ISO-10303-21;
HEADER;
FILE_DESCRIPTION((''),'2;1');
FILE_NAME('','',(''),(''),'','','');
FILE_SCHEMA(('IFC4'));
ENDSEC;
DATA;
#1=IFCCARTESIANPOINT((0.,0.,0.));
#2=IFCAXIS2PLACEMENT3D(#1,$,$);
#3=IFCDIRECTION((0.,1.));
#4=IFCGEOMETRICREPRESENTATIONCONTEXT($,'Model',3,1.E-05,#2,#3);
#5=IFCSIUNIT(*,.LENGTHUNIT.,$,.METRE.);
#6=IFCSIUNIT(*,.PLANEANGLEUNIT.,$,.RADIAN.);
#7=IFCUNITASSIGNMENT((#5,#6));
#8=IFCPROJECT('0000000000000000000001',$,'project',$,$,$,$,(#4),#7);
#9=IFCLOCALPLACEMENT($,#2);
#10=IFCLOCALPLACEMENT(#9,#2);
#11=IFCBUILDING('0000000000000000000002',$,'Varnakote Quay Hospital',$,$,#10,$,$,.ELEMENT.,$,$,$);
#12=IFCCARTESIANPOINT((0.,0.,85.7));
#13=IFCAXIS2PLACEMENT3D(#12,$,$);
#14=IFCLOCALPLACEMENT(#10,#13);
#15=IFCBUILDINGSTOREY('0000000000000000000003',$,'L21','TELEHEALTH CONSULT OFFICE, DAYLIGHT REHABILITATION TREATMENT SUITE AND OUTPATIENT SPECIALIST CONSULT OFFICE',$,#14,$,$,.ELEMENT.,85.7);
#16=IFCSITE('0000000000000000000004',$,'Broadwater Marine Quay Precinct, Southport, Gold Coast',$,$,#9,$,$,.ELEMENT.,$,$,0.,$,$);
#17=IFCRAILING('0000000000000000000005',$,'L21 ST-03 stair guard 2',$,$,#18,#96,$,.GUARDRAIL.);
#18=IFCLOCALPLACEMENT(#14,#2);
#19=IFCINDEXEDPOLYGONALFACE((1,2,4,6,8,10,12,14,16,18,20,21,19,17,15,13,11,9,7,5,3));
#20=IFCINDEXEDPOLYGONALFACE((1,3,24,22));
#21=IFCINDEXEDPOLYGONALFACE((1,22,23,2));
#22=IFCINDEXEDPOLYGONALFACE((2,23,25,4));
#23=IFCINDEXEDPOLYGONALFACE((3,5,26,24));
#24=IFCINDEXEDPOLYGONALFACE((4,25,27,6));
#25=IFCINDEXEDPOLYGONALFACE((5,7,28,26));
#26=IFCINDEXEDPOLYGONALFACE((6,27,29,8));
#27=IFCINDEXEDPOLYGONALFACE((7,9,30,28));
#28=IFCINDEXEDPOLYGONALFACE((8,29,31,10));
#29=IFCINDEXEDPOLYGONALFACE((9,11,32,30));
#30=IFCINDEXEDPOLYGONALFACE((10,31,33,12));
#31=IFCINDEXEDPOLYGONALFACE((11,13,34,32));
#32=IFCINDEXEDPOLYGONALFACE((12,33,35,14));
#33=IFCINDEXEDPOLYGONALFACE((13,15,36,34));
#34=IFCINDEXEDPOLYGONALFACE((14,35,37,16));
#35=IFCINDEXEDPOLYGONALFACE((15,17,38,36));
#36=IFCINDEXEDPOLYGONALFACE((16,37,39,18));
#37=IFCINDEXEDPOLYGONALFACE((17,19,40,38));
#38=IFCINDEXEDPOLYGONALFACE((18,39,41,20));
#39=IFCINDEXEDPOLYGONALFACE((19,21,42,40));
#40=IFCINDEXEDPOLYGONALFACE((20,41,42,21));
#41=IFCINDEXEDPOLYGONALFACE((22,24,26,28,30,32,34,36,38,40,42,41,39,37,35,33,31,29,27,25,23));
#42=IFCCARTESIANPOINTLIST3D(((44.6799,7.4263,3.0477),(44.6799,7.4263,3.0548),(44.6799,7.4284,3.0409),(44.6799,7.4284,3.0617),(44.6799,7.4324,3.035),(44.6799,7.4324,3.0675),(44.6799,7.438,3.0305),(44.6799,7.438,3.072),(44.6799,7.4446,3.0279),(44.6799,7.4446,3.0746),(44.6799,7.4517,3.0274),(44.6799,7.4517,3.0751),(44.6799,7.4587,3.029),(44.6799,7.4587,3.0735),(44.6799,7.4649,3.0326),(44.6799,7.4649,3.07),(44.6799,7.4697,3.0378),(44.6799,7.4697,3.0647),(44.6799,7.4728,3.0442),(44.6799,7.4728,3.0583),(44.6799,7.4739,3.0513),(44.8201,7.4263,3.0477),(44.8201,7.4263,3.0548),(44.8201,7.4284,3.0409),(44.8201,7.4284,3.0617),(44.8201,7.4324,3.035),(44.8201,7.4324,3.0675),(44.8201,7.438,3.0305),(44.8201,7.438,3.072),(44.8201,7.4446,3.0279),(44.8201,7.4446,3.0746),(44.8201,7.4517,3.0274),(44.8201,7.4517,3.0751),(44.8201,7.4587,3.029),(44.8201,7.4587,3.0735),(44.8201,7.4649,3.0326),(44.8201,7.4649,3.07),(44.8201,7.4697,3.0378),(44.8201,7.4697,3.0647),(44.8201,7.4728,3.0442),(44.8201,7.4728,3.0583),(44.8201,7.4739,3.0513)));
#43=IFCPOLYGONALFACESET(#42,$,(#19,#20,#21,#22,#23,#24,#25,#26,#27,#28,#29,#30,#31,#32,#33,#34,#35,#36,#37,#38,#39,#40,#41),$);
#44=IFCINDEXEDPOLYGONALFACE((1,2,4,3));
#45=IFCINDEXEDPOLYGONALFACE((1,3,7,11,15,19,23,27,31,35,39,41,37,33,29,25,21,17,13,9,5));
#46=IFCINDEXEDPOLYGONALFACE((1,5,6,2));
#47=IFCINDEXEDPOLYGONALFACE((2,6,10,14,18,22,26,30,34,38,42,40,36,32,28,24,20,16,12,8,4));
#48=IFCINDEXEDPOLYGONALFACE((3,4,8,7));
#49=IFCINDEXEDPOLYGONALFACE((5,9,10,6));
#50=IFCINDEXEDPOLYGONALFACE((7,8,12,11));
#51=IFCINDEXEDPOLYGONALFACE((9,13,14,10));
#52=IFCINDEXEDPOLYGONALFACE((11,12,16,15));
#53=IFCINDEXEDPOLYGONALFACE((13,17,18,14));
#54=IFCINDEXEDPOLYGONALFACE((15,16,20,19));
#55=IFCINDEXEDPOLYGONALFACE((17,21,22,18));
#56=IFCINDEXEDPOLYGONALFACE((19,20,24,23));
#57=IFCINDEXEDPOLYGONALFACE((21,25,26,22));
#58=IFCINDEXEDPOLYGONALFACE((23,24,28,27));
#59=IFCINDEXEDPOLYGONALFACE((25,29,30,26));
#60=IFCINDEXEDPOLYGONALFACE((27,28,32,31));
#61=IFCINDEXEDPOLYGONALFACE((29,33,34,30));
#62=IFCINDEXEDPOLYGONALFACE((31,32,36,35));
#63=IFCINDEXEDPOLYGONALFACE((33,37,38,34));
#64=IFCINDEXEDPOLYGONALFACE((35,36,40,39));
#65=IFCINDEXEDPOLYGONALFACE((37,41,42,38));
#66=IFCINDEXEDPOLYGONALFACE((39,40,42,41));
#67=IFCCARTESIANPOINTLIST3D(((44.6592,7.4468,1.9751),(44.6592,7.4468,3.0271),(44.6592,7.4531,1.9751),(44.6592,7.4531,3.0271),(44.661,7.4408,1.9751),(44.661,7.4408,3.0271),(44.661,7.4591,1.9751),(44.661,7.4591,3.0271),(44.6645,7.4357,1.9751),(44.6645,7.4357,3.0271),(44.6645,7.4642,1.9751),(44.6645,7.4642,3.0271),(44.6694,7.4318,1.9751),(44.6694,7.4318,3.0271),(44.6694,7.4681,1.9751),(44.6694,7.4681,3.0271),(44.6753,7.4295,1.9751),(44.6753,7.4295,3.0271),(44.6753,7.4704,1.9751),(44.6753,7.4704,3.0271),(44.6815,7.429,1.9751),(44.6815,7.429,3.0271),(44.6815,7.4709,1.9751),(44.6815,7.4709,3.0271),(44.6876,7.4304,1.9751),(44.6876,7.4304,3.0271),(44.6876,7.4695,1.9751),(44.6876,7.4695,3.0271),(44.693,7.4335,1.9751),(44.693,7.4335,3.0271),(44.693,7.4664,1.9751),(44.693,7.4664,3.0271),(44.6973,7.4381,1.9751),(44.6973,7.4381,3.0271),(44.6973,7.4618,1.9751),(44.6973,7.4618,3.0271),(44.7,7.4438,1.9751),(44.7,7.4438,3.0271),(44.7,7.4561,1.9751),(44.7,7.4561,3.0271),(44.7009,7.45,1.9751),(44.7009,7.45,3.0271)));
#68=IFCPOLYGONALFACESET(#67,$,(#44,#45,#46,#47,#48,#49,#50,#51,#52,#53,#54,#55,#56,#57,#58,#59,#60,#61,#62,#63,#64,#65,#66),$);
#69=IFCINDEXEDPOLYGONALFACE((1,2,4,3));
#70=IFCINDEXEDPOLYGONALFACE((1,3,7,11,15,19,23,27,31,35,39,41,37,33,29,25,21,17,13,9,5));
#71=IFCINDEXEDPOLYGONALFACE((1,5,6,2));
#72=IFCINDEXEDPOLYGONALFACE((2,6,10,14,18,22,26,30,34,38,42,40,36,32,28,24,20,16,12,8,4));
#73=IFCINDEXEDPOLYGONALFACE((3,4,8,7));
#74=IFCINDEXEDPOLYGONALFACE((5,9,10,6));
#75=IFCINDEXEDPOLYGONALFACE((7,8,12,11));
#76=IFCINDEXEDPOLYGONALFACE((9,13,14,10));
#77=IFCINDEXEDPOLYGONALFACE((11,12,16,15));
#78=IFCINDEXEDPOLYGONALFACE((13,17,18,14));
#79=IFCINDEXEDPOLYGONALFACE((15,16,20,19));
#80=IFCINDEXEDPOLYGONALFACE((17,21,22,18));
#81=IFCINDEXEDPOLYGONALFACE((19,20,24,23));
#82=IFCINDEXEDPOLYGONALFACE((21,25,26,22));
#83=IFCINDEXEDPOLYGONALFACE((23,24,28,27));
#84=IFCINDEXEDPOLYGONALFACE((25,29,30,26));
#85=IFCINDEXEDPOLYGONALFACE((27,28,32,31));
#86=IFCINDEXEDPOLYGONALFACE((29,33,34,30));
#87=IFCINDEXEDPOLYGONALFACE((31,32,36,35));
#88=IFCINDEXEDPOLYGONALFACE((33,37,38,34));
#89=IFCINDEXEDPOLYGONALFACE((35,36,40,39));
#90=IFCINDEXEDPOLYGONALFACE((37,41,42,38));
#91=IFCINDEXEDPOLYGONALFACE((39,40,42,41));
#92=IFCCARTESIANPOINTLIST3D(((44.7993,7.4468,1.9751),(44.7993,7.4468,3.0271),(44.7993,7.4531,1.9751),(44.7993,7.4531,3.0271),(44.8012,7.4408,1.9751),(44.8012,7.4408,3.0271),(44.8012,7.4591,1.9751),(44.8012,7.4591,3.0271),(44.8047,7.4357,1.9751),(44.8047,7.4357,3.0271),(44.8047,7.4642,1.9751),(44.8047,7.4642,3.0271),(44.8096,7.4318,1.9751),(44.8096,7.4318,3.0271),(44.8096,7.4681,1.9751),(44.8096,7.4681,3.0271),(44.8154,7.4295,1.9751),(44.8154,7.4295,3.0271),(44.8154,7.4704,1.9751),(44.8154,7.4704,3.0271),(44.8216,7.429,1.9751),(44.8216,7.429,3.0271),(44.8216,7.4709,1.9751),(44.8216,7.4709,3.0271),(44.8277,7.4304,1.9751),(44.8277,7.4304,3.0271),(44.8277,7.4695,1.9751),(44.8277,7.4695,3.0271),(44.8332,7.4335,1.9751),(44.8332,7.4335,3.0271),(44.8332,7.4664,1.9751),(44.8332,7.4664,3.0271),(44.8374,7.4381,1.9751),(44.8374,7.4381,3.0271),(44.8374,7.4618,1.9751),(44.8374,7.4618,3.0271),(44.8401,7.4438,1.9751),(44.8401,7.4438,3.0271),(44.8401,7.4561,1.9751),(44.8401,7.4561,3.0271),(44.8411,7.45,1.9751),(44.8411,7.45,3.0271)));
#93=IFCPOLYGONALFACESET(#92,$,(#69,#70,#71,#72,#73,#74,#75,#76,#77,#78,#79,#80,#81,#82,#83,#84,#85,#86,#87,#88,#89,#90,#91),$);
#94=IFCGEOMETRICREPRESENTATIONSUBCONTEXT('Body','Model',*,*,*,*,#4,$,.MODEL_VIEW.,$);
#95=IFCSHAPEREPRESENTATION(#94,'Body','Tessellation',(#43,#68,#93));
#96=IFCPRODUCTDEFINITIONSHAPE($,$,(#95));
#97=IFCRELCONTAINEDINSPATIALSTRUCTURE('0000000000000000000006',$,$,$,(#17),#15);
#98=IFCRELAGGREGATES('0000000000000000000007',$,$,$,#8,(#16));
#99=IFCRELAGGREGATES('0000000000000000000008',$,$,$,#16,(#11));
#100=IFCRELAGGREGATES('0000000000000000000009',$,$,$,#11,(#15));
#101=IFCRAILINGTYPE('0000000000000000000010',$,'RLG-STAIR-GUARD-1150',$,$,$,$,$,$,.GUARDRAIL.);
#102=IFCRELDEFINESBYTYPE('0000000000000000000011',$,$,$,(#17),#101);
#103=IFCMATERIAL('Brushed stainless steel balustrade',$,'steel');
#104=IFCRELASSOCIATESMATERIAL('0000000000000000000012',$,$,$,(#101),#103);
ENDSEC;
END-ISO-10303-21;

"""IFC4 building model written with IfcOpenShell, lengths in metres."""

from ifc_helpers import new_model, si_unit, direction, frame, origin, origin_2d, place, context, subcontext, project, spatial, circle, extrude, material, type_object, element, save


model = new_model("IFC4")

# Units and contexts
model_context = context("Model", 3, precision=1e-05, world=origin(), true_north=direction((0.0, 1.0)))
body_context = subcontext(model_context, "Body", "Model", "MODEL_VIEW")
ifc_project = project(units=[si_unit("LENGTHUNIT", "METRE"), si_unit("PLANEANGLEUNIT", "RADIAN")], contexts=[model_context])

# Site, building, storey
site_placement = place(None, origin())
site = spatial("IfcSite", under=ifc_project, at=site_placement, Name="Broadwater Marine Quay Precinct, Southport, Gold Coast", CompositionType="ELEMENT", RefElevation=0.0)
building_placement = place(site_placement, origin())
building = spatial("IfcBuilding", under=site, at=building_placement, Name="Varnakote Quay Hospital", CompositionType="ELEMENT")
storey_placement = place(building_placement, frame((0.0, 0.0, 85.7)))
storey = spatial("IfcBuildingStorey", under=building, at=storey_placement, Name="L21", Description="TELEHEALTH CONSULT OFFICE, DAYLIGHT REHABILITATION TREATMENT SUITE AND OUTPATIENT SPECIALIST CONSULT OFFICE", CompositionType="ELEMENT", Elevation=85.7)

# Railing
ifc_material_1 = material(Name="Brushed stainless steel balustrade", Category="steel")
railing_type_1 = type_object("IfcRailingType", Name="RLG-STAIR-GUARD-1150", PredefinedType="GUARDRAIL", material=ifc_material_1)
railing_1_placement = place(storey_placement, frame((44.6799, 7.45, 1.9751)))
element("IfcRailing", 1, at=railing_1_placement, inside=storey, type_object=railing_type_1, Name="L21 ST-03 stair guard 2", PredefinedType="GUARDRAIL", context=body_context, shape_type="SweptSolid", body=[
    extrude(circle(Radius=0.0239, at=origin_2d()), frame((0.0, 0.0, 1.0762), z_axis=(1.0, 0.0, 0.0), x_axis=(0.0, 1.0, 0.0)), (0.0, 0.0, 1.0), 0.1401),
    extrude(circle(Radius=0.021, at=origin_2d()), origin(), (0.0, 0.0, 1.0), 1.052),
    extrude(circle(Radius=0.021, at=origin_2d()), frame((0.1401, 0.0, 0.0)), (0.0, 0.0, 1.0), 1.052),
])

save(model, "model.ifc")
